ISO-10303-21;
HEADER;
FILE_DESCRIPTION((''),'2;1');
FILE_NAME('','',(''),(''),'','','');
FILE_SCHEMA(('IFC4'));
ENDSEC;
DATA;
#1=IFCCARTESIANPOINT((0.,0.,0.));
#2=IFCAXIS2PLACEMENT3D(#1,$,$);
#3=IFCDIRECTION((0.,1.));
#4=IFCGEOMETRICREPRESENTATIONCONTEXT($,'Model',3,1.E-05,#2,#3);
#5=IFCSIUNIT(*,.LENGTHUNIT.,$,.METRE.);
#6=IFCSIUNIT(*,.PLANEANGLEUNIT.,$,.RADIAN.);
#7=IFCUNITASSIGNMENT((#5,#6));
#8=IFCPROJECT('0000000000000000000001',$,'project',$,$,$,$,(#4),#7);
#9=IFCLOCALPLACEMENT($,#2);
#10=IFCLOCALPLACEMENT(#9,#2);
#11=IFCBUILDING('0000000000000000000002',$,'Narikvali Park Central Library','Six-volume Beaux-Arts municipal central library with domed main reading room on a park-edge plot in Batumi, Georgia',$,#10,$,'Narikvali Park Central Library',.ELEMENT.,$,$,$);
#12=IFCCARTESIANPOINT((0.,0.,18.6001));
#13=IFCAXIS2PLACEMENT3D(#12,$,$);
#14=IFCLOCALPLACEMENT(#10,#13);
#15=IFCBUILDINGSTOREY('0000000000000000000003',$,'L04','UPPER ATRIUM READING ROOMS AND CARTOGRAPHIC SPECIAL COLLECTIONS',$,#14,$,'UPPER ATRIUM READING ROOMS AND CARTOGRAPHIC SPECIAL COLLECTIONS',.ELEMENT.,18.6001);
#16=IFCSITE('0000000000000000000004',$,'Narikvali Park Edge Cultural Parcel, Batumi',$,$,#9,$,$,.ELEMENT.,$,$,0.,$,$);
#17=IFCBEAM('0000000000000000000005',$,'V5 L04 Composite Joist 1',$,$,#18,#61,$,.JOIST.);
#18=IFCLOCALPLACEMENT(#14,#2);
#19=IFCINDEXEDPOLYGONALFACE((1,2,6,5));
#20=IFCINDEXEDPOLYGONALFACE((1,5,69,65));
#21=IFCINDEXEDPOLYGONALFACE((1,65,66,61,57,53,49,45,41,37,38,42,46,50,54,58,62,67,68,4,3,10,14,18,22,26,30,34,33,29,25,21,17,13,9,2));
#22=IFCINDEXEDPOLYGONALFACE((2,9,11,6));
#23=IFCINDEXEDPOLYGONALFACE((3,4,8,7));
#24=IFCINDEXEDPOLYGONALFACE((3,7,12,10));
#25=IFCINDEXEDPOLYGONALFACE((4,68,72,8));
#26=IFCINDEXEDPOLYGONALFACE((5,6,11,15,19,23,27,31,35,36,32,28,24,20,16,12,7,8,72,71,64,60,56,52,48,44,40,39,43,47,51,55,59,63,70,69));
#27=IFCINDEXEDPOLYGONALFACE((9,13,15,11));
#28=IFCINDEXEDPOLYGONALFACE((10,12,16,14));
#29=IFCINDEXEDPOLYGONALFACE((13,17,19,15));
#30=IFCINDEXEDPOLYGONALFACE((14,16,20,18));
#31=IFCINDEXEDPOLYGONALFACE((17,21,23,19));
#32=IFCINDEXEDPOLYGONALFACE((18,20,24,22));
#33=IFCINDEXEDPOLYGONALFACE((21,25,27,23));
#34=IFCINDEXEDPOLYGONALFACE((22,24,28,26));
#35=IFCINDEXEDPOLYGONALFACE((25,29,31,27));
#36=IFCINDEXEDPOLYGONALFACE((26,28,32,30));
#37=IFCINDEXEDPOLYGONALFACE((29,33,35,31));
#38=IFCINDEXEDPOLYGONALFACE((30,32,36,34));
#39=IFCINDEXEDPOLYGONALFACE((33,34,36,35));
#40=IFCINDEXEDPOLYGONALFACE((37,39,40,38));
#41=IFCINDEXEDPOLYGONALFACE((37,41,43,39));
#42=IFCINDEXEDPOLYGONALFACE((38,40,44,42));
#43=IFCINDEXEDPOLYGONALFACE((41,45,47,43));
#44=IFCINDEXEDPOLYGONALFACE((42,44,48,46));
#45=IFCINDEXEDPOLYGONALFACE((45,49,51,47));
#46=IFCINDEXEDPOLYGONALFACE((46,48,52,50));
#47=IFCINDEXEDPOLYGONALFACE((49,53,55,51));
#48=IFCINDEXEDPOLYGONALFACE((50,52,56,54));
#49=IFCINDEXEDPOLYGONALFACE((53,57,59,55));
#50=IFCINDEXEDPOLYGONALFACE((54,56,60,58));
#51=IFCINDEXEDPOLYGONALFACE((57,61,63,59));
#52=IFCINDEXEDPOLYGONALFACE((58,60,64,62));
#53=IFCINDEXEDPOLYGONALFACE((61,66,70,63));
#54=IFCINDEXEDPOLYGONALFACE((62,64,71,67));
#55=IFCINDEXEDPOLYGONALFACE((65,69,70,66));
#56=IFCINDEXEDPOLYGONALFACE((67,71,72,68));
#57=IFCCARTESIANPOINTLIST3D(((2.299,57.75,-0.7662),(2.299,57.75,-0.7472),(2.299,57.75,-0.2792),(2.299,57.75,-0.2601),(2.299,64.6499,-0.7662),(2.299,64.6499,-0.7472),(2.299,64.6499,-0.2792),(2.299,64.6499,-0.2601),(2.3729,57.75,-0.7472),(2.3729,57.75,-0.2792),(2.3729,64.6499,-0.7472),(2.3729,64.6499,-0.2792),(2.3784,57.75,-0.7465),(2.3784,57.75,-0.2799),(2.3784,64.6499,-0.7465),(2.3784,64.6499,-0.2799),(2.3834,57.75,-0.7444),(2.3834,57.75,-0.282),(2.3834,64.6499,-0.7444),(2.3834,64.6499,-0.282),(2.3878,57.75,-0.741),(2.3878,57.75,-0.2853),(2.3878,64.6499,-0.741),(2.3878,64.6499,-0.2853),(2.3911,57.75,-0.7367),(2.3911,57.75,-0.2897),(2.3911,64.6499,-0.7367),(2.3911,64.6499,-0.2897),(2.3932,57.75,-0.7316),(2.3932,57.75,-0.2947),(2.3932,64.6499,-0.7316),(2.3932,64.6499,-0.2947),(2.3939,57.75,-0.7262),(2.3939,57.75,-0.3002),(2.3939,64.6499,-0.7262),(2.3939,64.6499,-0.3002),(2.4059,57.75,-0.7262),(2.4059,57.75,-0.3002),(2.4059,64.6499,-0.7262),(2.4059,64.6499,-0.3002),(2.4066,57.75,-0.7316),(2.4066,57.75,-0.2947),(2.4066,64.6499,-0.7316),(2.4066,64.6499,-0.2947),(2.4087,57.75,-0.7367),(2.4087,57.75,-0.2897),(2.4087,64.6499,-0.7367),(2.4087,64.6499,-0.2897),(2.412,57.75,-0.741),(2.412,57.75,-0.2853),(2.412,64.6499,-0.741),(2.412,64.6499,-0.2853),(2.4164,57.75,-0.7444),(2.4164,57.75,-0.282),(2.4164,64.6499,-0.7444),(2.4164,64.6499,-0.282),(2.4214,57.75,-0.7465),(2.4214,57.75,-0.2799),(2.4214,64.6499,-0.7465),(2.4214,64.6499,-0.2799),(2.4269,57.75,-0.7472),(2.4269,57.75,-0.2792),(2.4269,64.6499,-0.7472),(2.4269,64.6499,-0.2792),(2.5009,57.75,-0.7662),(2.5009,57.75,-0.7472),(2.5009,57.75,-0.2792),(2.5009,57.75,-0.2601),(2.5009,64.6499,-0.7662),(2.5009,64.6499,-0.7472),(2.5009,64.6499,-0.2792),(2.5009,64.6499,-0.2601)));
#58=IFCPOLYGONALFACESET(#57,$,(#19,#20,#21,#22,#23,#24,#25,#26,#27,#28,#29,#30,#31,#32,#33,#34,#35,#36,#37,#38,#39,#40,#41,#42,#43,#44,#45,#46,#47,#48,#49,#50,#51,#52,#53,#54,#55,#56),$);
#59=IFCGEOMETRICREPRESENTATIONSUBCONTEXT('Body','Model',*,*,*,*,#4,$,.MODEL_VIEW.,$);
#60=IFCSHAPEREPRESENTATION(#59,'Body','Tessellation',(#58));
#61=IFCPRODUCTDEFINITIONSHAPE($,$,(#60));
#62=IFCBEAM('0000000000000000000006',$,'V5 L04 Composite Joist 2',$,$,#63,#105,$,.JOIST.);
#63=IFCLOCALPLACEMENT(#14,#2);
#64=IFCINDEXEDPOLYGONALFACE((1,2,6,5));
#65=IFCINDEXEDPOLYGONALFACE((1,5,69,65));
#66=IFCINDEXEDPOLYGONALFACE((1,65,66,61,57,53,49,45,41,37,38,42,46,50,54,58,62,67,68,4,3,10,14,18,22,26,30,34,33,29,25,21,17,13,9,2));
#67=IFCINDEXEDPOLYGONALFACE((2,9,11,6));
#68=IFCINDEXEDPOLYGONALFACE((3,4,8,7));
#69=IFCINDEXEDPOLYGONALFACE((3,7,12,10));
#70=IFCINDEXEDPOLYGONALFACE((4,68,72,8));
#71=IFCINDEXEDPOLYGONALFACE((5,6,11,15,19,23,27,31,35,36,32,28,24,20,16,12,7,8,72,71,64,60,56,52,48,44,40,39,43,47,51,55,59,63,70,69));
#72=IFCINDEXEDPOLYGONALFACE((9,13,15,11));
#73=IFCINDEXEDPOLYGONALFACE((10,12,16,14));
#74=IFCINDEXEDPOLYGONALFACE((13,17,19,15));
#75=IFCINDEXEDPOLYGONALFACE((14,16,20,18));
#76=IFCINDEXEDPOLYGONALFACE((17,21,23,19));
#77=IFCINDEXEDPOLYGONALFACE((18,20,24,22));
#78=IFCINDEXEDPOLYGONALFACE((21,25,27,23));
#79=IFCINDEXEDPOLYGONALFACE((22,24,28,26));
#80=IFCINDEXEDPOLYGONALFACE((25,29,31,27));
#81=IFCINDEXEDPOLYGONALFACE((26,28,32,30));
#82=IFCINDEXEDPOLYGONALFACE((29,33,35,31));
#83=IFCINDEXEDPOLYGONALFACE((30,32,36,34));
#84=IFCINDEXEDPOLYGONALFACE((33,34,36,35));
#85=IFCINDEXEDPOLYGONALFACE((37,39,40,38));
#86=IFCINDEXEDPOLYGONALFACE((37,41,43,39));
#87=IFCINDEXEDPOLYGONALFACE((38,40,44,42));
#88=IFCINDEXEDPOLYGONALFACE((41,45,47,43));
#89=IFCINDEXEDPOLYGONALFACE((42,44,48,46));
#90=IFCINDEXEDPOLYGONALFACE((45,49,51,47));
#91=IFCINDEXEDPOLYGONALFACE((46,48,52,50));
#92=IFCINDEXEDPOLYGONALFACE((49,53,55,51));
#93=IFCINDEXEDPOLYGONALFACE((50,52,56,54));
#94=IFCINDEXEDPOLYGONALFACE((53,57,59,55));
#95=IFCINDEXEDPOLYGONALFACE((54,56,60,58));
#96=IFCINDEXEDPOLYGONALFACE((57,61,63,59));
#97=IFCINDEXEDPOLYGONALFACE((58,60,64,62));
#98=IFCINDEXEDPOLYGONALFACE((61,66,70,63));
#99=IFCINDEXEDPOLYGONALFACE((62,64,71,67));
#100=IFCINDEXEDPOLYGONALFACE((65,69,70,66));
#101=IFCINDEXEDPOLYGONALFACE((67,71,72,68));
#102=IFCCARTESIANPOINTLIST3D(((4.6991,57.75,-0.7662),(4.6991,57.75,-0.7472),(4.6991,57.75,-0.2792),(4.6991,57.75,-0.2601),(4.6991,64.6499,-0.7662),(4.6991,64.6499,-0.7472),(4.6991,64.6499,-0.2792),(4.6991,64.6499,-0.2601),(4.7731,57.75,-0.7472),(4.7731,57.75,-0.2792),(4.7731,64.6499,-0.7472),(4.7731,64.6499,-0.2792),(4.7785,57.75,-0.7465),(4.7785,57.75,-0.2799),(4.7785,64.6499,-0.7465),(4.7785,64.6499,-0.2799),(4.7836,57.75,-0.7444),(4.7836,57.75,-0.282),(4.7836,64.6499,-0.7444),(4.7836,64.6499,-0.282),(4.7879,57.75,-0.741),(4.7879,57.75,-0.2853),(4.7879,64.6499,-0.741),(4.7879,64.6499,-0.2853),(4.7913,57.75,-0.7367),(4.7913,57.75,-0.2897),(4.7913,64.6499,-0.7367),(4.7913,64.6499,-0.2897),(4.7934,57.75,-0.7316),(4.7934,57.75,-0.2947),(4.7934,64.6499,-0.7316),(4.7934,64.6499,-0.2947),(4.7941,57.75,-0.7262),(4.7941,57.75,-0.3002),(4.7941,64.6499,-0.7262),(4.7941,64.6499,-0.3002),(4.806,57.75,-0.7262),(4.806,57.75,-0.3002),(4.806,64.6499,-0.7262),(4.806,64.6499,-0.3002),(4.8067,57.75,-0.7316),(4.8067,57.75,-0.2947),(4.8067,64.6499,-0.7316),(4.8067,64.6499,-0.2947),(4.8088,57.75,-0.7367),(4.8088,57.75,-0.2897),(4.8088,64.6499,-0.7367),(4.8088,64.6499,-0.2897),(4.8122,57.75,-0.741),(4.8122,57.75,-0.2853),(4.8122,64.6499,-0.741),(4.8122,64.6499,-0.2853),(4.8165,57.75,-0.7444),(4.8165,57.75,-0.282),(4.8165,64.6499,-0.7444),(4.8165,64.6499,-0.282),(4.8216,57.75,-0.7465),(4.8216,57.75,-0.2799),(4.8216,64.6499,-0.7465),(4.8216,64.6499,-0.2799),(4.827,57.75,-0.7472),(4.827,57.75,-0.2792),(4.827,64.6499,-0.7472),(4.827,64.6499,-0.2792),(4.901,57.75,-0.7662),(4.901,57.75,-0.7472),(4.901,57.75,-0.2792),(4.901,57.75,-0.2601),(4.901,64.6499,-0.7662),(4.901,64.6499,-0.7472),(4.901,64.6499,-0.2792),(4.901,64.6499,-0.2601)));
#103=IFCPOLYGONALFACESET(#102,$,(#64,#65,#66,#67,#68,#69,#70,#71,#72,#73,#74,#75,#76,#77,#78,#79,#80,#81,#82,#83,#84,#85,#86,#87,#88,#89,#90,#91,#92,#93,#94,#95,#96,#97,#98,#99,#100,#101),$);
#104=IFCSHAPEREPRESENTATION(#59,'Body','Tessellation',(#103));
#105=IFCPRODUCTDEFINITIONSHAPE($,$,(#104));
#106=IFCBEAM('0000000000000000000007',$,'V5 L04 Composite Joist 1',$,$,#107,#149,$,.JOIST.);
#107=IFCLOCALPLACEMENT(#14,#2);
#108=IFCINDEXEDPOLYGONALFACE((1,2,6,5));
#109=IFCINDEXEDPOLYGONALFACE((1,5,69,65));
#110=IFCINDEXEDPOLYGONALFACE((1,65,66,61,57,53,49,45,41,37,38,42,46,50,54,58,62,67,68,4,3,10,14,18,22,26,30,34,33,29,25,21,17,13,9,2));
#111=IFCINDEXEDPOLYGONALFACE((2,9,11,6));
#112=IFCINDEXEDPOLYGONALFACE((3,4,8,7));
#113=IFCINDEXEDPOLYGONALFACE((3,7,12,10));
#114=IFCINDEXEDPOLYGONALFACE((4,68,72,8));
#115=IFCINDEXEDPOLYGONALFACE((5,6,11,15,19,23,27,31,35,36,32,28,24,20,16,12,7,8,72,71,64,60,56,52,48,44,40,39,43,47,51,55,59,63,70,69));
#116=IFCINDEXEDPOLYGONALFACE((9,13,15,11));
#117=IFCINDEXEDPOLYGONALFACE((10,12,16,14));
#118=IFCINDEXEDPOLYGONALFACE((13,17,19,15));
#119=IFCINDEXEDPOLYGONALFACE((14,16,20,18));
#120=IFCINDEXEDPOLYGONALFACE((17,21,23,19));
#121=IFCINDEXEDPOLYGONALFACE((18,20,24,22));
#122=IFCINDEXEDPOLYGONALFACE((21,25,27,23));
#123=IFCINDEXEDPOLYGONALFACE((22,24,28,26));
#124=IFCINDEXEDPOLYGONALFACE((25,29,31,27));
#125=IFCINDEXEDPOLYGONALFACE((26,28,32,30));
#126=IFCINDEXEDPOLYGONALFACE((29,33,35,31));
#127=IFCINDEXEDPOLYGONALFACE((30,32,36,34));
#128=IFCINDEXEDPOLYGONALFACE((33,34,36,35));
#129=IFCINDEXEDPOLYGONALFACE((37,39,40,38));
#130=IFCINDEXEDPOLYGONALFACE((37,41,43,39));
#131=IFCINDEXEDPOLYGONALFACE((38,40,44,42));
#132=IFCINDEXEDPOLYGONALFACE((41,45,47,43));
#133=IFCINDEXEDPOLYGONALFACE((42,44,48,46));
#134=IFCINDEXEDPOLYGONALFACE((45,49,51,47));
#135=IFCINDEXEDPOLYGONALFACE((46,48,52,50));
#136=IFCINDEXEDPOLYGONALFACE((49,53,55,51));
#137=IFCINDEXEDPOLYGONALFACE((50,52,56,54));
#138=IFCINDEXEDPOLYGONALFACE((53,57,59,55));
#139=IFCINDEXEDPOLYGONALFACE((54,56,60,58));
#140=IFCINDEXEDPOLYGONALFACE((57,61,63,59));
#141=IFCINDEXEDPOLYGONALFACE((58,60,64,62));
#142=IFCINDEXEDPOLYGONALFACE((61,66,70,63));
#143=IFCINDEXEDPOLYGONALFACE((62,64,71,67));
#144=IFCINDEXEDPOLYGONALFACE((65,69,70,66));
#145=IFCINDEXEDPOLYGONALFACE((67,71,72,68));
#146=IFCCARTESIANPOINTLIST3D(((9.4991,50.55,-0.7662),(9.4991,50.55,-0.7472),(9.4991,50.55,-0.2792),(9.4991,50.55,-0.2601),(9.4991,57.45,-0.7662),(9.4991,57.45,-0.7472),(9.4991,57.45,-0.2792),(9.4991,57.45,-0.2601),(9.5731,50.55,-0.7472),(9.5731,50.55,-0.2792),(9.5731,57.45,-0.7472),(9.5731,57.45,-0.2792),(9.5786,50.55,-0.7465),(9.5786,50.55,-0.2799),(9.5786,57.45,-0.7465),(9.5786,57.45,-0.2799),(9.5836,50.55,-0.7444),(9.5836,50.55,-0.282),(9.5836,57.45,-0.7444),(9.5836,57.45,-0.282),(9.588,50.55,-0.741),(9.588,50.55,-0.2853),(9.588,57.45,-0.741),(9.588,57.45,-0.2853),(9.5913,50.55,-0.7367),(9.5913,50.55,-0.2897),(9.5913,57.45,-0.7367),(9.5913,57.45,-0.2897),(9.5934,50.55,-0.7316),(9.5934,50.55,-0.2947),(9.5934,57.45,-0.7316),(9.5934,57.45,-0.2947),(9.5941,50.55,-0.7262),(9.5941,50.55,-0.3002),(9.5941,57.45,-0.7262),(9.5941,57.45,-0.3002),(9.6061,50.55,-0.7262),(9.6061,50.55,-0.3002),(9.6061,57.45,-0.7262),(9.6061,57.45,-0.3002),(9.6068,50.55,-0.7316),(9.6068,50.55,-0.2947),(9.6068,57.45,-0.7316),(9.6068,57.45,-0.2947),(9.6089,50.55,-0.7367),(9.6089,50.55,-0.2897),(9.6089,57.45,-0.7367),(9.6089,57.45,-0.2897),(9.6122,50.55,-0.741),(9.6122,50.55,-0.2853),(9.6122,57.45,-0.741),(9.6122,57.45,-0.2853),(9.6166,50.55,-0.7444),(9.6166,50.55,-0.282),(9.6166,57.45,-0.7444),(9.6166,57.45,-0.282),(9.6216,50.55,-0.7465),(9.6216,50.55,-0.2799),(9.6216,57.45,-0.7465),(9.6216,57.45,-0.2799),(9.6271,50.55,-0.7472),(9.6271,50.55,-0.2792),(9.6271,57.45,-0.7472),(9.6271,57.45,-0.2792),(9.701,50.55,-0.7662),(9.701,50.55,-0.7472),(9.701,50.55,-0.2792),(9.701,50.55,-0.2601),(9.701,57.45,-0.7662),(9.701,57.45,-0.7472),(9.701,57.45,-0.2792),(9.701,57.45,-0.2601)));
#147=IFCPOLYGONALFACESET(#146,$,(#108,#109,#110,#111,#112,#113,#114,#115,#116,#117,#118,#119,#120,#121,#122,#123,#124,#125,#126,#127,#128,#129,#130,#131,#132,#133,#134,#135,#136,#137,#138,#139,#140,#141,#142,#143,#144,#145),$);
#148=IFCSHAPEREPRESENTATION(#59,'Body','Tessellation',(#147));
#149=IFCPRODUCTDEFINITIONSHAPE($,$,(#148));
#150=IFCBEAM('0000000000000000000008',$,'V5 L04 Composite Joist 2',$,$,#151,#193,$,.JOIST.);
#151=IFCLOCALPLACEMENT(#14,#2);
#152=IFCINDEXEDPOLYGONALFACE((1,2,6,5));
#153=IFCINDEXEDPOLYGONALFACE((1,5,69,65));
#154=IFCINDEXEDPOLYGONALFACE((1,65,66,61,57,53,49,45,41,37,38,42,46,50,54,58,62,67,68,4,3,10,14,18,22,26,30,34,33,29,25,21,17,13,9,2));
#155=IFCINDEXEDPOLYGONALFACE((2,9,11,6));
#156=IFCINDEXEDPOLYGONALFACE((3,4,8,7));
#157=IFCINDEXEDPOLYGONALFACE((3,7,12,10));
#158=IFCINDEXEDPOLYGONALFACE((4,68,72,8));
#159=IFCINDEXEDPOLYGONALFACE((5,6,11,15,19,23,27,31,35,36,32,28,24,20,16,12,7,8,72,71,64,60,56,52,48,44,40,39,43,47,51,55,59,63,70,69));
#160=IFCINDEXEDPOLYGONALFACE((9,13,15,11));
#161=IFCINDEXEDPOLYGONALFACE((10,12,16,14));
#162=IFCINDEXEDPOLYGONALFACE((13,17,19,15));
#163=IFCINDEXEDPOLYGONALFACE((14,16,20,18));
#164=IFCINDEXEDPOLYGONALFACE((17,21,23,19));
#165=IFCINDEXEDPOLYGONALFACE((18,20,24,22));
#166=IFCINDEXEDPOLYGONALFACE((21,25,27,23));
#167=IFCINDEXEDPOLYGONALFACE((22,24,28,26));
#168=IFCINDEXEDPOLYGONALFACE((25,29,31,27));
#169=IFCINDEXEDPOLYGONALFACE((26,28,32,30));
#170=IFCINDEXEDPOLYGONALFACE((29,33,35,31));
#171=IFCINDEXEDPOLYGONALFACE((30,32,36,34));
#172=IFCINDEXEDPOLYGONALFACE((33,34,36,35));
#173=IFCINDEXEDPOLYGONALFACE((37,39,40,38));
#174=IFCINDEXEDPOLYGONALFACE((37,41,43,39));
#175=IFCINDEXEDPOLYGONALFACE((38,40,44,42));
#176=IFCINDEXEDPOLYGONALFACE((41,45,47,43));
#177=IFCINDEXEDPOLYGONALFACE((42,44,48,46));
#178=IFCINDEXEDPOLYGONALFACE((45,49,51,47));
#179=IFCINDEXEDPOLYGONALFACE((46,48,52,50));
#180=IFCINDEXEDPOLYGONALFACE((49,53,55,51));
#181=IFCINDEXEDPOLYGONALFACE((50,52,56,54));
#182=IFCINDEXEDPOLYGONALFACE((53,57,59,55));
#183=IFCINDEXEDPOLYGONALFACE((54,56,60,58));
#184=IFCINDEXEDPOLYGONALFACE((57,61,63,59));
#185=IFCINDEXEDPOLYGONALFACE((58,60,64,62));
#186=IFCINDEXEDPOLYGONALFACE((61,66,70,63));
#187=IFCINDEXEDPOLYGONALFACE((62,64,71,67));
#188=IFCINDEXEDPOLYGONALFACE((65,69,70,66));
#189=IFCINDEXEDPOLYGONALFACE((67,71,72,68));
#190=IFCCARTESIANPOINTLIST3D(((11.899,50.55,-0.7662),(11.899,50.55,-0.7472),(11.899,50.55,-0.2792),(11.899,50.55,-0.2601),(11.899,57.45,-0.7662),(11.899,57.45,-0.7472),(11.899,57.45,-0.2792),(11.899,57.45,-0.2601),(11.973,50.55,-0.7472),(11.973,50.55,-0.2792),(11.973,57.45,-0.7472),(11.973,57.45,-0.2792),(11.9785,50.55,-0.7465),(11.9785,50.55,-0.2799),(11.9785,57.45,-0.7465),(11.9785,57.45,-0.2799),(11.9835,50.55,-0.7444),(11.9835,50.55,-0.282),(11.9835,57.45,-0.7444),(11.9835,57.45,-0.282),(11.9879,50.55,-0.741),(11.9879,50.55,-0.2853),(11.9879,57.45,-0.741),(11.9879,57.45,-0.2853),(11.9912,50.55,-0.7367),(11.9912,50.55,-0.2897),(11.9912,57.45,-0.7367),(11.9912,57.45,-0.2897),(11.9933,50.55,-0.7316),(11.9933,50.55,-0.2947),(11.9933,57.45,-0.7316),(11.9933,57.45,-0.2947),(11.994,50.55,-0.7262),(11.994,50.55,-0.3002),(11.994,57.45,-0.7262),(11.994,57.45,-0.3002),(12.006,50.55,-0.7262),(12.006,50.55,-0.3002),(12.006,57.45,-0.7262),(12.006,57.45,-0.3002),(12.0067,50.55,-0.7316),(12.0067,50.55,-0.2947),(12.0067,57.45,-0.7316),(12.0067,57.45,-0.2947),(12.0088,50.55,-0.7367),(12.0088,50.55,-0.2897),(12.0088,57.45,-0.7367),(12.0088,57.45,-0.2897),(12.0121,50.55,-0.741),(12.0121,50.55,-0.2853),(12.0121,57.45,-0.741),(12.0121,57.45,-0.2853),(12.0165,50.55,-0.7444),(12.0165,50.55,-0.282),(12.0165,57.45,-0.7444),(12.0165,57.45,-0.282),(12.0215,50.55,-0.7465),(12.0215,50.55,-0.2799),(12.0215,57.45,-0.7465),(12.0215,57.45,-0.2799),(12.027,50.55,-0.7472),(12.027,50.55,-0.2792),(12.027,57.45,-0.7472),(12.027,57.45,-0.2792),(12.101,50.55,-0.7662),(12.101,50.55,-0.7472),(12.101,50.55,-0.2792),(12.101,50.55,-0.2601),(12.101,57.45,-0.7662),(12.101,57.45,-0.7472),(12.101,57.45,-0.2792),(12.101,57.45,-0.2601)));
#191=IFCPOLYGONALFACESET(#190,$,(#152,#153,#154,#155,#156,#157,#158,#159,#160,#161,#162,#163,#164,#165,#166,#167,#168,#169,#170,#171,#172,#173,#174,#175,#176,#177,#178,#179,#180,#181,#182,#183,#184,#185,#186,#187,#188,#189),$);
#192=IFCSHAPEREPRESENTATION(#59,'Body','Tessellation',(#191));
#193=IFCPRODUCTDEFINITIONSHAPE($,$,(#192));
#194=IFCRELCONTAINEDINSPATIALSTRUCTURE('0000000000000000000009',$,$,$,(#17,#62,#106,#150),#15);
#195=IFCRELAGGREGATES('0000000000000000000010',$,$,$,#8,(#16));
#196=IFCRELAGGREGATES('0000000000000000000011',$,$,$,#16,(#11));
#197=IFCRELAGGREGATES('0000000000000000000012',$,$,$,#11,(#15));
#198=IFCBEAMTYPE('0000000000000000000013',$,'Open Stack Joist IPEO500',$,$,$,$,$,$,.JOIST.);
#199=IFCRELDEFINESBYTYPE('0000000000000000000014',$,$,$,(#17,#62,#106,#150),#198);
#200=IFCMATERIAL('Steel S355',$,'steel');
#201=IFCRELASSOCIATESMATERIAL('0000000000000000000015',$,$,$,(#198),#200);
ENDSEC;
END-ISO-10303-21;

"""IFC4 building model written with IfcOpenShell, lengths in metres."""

from ifc_helpers import new_model, si_unit, direction, frame, origin, origin_2d, place, context, subcontext, project, spatial, i_section, extrude, material, material_profile, profile_set, type_object, element, save


model = new_model("IFC4")

# Units and contexts
model_context = context("Model", 3, precision=1e-05, world=origin(), true_north=direction((0.0, 1.0)))
body_context = subcontext(model_context, "Body", "Model", "MODEL_VIEW")
ifc_project = project(units=[si_unit("LENGTHUNIT", "METRE"), si_unit("PLANEANGLEUNIT", "RADIAN")], contexts=[model_context])

# Site, building, storey
site_placement = place(None, origin())
site = spatial("IfcSite", under=ifc_project, at=site_placement, Name="Narikvali Park Edge Cultural Parcel, Batumi", CompositionType="ELEMENT", RefElevation=0.0)
building_placement = place(site_placement, origin())
building = spatial("IfcBuilding", under=site, at=building_placement, Name="Narikvali Park Central Library", Description="Six-volume Beaux-Arts municipal central library with domed main reading room on a park-edge plot in Batumi, Georgia", LongName="Narikvali Park Central Library", CompositionType="ELEMENT")
storey_placement = place(building_placement, frame((0.0, 0.0, 18.6001)))
storey = spatial("IfcBuildingStorey", under=building, at=storey_placement, Name="L04", Description="UPPER ATRIUM READING ROOMS AND CARTOGRAPHIC SPECIAL COLLECTIONS", LongName="UPPER ATRIUM READING ROOMS AND CARTOGRAPHIC SPECIAL COLLECTIONS", CompositionType="ELEMENT", Elevation=18.6001)

# Shared definitions
ifc_material_1 = material(Name="Steel S355", Category="steel")

# Beams
ifc_material_profile_1 = material_profile(ifc_material_1, i_section(OverallWidth=0.2019, OverallDepth=0.5061, WebThickness=0.012, FlangeThickness=0.019, FilletRadius=0.021, at=origin_2d()), Name="IPEO 500")
ifc_profile_set_1 = profile_set([ifc_material_profile_1], Name="Steel S355")
beam_type_1 = type_object("IfcBeamType", Name="Open Stack Joist IPEO500", PredefinedType="JOIST", material=ifc_profile_set_1)
for number, where, z_axis, x_axis, name in (
    (1, (2.3999, 57.75, -0.5132), (0.0, 1.0, 0.0), (-1.0, 0.0, 0.0), "V5 L04 Composite Joist 1"),
    (2, (4.8, 57.75, -0.5132), (0.0, 1.0, 0.0), (-1.0, 0.0, 0.0), "V5 L04 Composite Joist 2"),
    (3, (9.6001, 50.55, -0.5132), (0.0, 1.0, 0.0), (-1.0, 0.0, 0.0), "V5 L04 Composite Joist 1"),
    (4, (12.0, 50.55, -0.5132), (0.0, 1.0, 0.0), (-1.0, 0.0, 0.0), "V5 L04 Composite Joist 2"),
):
    element("IfcBeam", number, at=place(storey_placement, frame(where, z_axis=z_axis, x_axis=x_axis)), inside=storey, type_object=beam_type_1, Name=name, PredefinedType="JOIST", context=body_context, shape_type="SweptSolid", body=[
        extrude(i_section(OverallWidth=0.2019, OverallDepth=0.5061, WebThickness=0.012, FlangeThickness=0.019, FilletRadius=0.021, at=origin_2d()), origin(), (0.0, 0.0, 1.0), 6.8999),
    ])

save(model, "model.ifc")
